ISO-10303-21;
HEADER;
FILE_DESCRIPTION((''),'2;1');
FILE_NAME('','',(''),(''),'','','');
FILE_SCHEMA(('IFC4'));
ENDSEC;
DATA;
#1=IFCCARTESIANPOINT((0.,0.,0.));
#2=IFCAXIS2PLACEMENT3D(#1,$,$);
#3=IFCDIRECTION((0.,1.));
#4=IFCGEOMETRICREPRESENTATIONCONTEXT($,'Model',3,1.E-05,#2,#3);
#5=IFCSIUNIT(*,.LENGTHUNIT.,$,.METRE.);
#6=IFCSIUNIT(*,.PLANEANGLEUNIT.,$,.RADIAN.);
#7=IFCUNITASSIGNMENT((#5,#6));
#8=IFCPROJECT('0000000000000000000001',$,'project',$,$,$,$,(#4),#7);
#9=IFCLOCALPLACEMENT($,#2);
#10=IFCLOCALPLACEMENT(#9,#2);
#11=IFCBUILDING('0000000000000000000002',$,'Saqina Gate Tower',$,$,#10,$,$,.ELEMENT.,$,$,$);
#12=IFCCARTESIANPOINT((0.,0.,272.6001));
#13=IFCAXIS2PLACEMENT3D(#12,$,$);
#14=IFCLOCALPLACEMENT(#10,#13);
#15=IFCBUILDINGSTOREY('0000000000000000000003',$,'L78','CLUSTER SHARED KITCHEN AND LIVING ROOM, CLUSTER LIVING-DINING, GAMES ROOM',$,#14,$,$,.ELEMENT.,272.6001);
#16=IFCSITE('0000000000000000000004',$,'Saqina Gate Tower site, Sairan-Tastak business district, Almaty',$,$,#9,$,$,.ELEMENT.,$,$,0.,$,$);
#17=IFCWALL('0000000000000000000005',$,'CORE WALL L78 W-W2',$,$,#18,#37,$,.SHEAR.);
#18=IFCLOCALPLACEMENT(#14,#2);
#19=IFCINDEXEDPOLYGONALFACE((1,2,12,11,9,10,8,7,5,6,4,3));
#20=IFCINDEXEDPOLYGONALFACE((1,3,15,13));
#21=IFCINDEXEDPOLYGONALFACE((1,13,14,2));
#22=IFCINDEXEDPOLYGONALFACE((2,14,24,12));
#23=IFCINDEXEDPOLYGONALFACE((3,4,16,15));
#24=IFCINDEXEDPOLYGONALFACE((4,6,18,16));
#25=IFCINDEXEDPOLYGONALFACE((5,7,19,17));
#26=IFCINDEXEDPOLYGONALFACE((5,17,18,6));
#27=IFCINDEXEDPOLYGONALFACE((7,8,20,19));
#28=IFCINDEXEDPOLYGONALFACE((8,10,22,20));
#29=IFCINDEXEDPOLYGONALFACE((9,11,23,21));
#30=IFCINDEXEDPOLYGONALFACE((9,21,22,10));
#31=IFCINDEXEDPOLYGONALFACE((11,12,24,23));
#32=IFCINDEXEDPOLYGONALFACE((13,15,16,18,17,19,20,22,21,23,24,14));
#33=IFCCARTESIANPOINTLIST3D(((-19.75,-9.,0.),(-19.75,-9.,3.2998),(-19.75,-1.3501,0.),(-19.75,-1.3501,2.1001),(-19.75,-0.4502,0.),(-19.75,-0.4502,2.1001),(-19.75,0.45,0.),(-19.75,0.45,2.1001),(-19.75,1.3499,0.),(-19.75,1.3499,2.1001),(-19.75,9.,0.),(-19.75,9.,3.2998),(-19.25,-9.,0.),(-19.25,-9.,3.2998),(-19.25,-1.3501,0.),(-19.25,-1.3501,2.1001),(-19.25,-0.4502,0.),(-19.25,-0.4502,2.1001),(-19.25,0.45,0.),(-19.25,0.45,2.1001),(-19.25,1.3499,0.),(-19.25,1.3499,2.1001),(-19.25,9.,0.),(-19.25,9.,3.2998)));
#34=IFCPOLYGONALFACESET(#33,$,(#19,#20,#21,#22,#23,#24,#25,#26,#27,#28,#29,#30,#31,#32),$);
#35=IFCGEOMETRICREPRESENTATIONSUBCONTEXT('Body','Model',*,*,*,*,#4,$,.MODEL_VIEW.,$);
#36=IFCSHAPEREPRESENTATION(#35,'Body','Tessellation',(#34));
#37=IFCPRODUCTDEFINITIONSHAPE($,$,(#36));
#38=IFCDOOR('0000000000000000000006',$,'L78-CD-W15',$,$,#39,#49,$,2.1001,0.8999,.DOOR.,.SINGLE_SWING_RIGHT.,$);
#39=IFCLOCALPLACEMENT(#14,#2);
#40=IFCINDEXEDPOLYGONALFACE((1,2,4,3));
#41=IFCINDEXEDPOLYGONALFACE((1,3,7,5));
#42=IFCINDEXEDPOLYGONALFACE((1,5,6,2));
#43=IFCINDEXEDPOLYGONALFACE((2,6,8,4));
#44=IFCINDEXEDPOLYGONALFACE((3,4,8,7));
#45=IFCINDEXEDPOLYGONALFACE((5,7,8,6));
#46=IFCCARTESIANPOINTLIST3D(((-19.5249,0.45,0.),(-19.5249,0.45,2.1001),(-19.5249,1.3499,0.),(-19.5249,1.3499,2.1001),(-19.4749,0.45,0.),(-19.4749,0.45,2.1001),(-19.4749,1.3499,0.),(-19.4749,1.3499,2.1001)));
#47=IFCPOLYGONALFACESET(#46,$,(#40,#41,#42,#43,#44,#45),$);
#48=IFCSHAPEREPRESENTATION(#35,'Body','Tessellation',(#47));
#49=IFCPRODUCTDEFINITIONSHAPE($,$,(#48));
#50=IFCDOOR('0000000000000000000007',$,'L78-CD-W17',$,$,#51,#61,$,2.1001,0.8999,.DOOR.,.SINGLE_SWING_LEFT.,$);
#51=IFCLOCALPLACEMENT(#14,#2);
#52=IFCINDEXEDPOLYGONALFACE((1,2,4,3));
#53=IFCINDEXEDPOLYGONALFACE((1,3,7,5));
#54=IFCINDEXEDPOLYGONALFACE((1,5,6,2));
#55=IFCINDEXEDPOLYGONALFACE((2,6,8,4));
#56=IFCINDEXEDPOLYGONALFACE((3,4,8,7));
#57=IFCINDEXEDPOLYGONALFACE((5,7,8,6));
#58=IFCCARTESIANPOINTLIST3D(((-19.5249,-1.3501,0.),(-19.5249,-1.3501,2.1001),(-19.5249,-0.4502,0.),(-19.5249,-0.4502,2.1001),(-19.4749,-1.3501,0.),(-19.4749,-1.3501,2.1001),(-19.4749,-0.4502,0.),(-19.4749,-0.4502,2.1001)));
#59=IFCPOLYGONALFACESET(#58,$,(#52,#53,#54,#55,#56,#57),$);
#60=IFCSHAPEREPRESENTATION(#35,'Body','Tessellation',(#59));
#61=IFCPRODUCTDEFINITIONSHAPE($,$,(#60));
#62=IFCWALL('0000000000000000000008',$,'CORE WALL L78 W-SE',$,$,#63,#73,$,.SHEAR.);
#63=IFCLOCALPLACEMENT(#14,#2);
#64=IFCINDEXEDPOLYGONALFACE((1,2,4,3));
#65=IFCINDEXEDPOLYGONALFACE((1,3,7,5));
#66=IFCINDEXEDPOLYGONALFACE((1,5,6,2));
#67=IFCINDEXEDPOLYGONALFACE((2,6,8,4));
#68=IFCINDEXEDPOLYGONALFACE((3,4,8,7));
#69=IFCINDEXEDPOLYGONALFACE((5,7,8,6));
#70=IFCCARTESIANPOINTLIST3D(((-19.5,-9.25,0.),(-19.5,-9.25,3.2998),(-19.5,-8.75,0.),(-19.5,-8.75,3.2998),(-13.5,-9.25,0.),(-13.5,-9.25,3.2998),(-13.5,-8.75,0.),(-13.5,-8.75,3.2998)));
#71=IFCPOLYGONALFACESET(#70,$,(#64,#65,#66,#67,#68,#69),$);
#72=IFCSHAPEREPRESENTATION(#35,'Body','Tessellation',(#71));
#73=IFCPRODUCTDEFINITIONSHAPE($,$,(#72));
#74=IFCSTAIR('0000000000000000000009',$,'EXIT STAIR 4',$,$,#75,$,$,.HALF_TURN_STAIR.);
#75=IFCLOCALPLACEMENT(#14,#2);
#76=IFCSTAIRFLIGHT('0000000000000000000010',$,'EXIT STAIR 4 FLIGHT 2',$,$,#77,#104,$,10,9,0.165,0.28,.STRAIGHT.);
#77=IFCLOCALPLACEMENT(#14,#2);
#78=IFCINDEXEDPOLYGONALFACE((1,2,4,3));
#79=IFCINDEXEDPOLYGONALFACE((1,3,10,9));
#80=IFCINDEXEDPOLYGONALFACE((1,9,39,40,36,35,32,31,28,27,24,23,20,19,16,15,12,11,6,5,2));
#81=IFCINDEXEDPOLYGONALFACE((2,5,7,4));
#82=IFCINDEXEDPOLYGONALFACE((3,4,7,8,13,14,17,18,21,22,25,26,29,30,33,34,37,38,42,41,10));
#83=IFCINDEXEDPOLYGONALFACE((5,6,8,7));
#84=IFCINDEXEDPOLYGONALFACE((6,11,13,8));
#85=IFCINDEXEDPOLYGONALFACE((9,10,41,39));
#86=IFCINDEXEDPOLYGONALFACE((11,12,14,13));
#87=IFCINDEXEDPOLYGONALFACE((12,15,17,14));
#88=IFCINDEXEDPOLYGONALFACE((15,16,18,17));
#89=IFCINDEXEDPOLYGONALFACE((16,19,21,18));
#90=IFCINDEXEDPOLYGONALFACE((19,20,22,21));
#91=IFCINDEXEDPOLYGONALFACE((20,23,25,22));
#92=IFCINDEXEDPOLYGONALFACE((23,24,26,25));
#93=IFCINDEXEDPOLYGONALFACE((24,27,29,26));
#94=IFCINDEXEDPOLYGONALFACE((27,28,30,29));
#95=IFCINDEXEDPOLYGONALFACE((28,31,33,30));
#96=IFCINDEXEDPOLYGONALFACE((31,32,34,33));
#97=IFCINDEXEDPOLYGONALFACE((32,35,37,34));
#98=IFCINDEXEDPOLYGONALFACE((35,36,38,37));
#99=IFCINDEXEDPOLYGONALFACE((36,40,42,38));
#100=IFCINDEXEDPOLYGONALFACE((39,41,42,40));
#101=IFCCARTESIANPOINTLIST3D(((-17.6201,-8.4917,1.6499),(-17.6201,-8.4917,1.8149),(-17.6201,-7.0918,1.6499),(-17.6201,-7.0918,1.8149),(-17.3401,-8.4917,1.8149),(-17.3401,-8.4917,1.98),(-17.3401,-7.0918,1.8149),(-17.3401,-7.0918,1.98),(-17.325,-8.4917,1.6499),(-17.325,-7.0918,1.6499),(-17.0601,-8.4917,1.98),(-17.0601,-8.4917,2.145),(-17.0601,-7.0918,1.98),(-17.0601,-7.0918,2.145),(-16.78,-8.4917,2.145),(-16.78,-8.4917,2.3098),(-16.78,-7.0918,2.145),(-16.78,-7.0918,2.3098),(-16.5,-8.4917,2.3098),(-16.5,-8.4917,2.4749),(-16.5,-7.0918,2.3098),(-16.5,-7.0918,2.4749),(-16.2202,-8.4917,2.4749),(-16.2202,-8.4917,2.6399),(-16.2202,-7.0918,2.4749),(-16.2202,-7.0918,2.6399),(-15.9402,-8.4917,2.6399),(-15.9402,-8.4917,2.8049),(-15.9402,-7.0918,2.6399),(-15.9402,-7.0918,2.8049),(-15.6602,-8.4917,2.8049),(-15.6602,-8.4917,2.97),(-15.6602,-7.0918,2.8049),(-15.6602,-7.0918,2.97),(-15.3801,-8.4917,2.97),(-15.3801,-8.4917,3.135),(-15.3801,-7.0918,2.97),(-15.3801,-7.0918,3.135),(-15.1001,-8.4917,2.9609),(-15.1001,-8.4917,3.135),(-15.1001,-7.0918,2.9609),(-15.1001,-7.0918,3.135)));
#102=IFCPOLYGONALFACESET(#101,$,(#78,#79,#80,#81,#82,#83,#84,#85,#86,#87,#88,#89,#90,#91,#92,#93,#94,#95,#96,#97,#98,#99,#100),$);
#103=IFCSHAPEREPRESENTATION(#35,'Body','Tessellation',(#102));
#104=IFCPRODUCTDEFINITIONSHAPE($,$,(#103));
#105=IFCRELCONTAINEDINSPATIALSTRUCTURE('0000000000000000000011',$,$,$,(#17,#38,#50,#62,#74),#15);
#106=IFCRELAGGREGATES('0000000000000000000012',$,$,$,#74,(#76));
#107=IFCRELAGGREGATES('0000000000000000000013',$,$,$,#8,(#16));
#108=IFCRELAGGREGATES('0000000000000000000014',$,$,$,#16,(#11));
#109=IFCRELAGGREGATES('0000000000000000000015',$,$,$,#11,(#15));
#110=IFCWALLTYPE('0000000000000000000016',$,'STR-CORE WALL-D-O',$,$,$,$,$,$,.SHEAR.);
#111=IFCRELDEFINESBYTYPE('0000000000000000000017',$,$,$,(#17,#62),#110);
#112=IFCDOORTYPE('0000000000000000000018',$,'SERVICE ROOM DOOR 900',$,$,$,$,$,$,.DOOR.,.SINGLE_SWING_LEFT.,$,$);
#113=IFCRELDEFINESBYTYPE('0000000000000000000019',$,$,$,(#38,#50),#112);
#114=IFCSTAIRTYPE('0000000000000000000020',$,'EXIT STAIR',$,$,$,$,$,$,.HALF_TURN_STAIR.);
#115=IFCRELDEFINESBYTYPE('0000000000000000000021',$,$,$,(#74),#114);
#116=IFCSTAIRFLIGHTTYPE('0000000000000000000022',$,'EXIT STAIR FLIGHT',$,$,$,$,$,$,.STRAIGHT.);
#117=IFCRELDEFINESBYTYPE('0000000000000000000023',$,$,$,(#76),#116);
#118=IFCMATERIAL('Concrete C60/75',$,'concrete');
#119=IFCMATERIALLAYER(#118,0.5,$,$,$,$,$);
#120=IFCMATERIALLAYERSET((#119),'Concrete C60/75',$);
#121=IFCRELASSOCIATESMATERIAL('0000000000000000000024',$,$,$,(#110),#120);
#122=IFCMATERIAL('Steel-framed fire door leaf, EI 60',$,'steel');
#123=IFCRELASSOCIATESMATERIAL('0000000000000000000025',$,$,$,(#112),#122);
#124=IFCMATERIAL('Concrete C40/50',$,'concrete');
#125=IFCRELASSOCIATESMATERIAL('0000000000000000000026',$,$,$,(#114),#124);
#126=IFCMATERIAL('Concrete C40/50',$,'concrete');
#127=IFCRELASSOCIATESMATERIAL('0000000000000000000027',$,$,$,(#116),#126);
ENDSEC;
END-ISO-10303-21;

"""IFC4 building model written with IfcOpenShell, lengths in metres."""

from ifc_helpers import new_model, si_unit, direction, frame, frame_2d, origin, place, context, subcontext, project, spatial, polyline, rectangle, outline, extrude, material, layer, layer_set, type_object, element, fill, aggregate, save


model = new_model("IFC4")

# Units and contexts
model_context = context("Model", 3, precision=1e-05, world=origin(), true_north=direction((0.0, 1.0)))
body_context = subcontext(model_context, "Body", "Model", "MODEL_VIEW")
ifc_project = project(units=[si_unit("LENGTHUNIT", "METRE"), si_unit("PLANEANGLEUNIT", "RADIAN")], contexts=[model_context])

# Site, building, storey
site_placement = place(None, origin())
site = spatial("IfcSite", under=ifc_project, at=site_placement, Name="Saqina Gate Tower site, Sairan-Tastak business district, Almaty", CompositionType="ELEMENT", RefElevation=0.0)
building_placement = place(site_placement, origin())
building = spatial("IfcBuilding", under=site, at=building_placement, Name="Saqina Gate Tower", CompositionType="ELEMENT")
storey_placement = place(building_placement, frame((0.0, 0.0, 272.6001)))
storey = spatial("IfcBuildingStorey", under=building, at=storey_placement, Name="L78", Description="CLUSTER SHARED KITCHEN AND LIVING ROOM, CLUSTER LIVING-DINING, GAMES ROOM", CompositionType="ELEMENT", Elevation=272.6001)

# Wall, openings, doors
ifc_material_1 = material(Name="Concrete C60/75", Category="concrete")
ifc_layer_1 = layer(ifc_material_1, 0.5)
ifc_layer_set_1 = layer_set([ifc_layer_1], Name="Concrete C60/75")
wall_type_1 = type_object("IfcWallType", Name="STR-CORE WALL-D-O", PredefinedType="SHEAR", material=ifc_layer_set_1)
wall_1_placement = place(storey_placement, frame((-19.5, -9.0, 0.0), z_axis=(0.0, 0.0, 1.0), x_axis=(0.0, 1.0, 0.0)))
wall_1 = element("IfcWall", 1, at=wall_1_placement, inside=storey, type_object=wall_type_1, Name="CORE WALL L78 W-W2", PredefinedType="SHEAR", context=body_context, shape_type="SweptSolid", body=[
    extrude(rectangle(XDim=18.0, YDim=0.5, at=frame_2d((9.0, 0.0))), origin(), (0.0, 0.0, 1.0), 3.2998),
])
opening_1_placement = place(wall_1_placement, frame((9.45, 0.0, 0.0)))
opening_1 = element("IfcOpeningElement", 2, at=opening_1_placement, cuts=wall_1, PredefinedType="OPENING", context=body_context, shape_type="SweptSolid", body=[
    extrude(rectangle(XDim=0.8999, YDim=2.1001, at=frame_2d((0.45, 1.05))), frame((0.0, 0.262, 0.0), z_axis=(0.0, -1.0, 0.0), x_axis=(1.0, 0.0, 0.0)), (0.0, 0.0, 1.0), 0.5239),
])
opening_2_placement = place(wall_1_placement, frame((7.6499, 0.0, 0.0)))
opening_2 = element("IfcOpeningElement", 3, at=opening_2_placement, cuts=wall_1, PredefinedType="OPENING", context=body_context, shape_type="SweptSolid", body=[
    extrude(rectangle(XDim=0.8999, YDim=2.1001, at=frame_2d((0.45, 1.05))), frame((0.0, 0.262, 0.0), z_axis=(0.0, -1.0, 0.0), x_axis=(1.0, 0.0, 0.0)), (0.0, 0.0, 1.0), 0.5239),
])
ifc_material_2 = material(Name="Steel-framed fire door leaf, EI 60", Category="steel")
door_type_1 = type_object("IfcDoorType", Name="SERVICE ROOM DOOR 900", OperationType="SINGLE_SWING_LEFT", PredefinedType="DOOR", material=ifc_material_2)
door_1_placement = place(opening_1_placement, origin())
door_1 = element("IfcDoor", 4, at=door_1_placement, inside=storey, type_object=door_type_1, Name="L78-CD-W15", OperationType="SINGLE_SWING_RIGHT", OverallHeight=2.1001, OverallWidth=0.8999, PredefinedType="DOOR", context=body_context, shape_type="SweptSolid", body=[
    extrude(rectangle(XDim=0.8999, YDim=2.1001, at=frame_2d((0.45, 1.05))), frame((0.0, 0.0249, 0.0), z_axis=(0.0, -1.0, 0.0), x_axis=(1.0, 0.0, 0.0)), (0.0, 0.0, 1.0), 0.05),
])
fill(opening_1, door_1)
door_2_placement = place(opening_2_placement, origin())
door_2 = element("IfcDoor", 5, at=door_2_placement, inside=storey, type_object=door_type_1, Name="L78-CD-W17", OperationType="SINGLE_SWING_LEFT", OverallHeight=2.1001, OverallWidth=0.8999, PredefinedType="DOOR", context=body_context, shape_type="SweptSolid", body=[
    extrude(rectangle(XDim=0.8999, YDim=2.1001, at=frame_2d((0.45, 1.05))), frame((0.0, 0.0249, 0.0), z_axis=(0.0, -1.0, 0.0), x_axis=(1.0, 0.0, 0.0)), (0.0, 0.0, 1.0), 0.05),
])
fill(opening_2, door_2)

# Wall
wall_2_placement = place(storey_placement, frame((-13.5, -9.0, 0.0), z_axis=(0.0, 0.0, 1.0), x_axis=(-1.0, 0.0, 0.0)))
element("IfcWall", 6, at=wall_2_placement, inside=storey, type_object=wall_type_1, Name="CORE WALL L78 W-SE", PredefinedType="SHEAR", context=body_context, shape_type="SweptSolid", body=[
    extrude(rectangle(XDim=6.0, YDim=0.5, at=frame_2d((3.0, 0.0))), origin(), (0.0, 0.0, 1.0), 3.2998),
])

# Stair, stair flight
ifc_material_3 = material(Name="Concrete C40/50", Category="concrete")
stair_type = type_object("IfcStairType", Name="EXIT STAIR", PredefinedType="HALF_TURN_STAIR", material=ifc_material_3)
stair_placement = place(storey_placement, origin())
stair = element("IfcStair", 7, at=stair_placement, inside=storey, type_object=stair_type, Name="EXIT STAIR 4", PredefinedType="HALF_TURN_STAIR")
ifc_material_4 = material(Name="Concrete C40/50", Category="concrete")
stair_flight_type = type_object("IfcStairFlightType", Name="EXIT STAIR FLIGHT", PredefinedType="STRAIGHT", material=ifc_material_4)
stair_flight_placement = place(storey_placement, frame((-17.6201, -7.7917, 1.6499), z_axis=(0.0, 0.0, 1.0), x_axis=(1.0, 0.0, 0.0)))
stair_flight = element("IfcStairFlight", 8, at=stair_flight_placement, type_object=stair_flight_type, Name="EXIT STAIR 4 FLIGHT 2", NumberOfRisers=10, NumberOfTreads=9, PredefinedType="STRAIGHT", RiserHeight=0.165, TreadLength=0.28, context=body_context, shape_type="SweptSolid", body=[
    extrude(outline(polyline([(0.0, 0.0), (0.0, 0.165), (0.28, 0.165), (0.28, 0.3301), (0.5601, 0.3301), (0.5601, 0.4951), (0.8401, 0.4951), (0.8401, 0.6599), (1.1201, 0.6599), (1.1201, 0.825), (1.3999, 0.825), (1.3999, 0.99), (1.6799, 0.99), (1.6799, 1.155), (1.96, 1.155), (1.96, 1.3201), (2.24, 1.3201), (2.24, 1.4851), (2.52, 1.4851), (2.52, 1.6499), (2.52, 1.311), (0.2952, 0.0), (0.0, 0.0)])), frame((0.0, 0.7, 0.0), z_axis=(0.0, -1.0, 0.0), x_axis=(1.0, 0.0, 0.0)), (0.0, 0.0, 1.0), 1.3999),
])
aggregate(stair, [stair_flight])

save(model, "model.ifc")
